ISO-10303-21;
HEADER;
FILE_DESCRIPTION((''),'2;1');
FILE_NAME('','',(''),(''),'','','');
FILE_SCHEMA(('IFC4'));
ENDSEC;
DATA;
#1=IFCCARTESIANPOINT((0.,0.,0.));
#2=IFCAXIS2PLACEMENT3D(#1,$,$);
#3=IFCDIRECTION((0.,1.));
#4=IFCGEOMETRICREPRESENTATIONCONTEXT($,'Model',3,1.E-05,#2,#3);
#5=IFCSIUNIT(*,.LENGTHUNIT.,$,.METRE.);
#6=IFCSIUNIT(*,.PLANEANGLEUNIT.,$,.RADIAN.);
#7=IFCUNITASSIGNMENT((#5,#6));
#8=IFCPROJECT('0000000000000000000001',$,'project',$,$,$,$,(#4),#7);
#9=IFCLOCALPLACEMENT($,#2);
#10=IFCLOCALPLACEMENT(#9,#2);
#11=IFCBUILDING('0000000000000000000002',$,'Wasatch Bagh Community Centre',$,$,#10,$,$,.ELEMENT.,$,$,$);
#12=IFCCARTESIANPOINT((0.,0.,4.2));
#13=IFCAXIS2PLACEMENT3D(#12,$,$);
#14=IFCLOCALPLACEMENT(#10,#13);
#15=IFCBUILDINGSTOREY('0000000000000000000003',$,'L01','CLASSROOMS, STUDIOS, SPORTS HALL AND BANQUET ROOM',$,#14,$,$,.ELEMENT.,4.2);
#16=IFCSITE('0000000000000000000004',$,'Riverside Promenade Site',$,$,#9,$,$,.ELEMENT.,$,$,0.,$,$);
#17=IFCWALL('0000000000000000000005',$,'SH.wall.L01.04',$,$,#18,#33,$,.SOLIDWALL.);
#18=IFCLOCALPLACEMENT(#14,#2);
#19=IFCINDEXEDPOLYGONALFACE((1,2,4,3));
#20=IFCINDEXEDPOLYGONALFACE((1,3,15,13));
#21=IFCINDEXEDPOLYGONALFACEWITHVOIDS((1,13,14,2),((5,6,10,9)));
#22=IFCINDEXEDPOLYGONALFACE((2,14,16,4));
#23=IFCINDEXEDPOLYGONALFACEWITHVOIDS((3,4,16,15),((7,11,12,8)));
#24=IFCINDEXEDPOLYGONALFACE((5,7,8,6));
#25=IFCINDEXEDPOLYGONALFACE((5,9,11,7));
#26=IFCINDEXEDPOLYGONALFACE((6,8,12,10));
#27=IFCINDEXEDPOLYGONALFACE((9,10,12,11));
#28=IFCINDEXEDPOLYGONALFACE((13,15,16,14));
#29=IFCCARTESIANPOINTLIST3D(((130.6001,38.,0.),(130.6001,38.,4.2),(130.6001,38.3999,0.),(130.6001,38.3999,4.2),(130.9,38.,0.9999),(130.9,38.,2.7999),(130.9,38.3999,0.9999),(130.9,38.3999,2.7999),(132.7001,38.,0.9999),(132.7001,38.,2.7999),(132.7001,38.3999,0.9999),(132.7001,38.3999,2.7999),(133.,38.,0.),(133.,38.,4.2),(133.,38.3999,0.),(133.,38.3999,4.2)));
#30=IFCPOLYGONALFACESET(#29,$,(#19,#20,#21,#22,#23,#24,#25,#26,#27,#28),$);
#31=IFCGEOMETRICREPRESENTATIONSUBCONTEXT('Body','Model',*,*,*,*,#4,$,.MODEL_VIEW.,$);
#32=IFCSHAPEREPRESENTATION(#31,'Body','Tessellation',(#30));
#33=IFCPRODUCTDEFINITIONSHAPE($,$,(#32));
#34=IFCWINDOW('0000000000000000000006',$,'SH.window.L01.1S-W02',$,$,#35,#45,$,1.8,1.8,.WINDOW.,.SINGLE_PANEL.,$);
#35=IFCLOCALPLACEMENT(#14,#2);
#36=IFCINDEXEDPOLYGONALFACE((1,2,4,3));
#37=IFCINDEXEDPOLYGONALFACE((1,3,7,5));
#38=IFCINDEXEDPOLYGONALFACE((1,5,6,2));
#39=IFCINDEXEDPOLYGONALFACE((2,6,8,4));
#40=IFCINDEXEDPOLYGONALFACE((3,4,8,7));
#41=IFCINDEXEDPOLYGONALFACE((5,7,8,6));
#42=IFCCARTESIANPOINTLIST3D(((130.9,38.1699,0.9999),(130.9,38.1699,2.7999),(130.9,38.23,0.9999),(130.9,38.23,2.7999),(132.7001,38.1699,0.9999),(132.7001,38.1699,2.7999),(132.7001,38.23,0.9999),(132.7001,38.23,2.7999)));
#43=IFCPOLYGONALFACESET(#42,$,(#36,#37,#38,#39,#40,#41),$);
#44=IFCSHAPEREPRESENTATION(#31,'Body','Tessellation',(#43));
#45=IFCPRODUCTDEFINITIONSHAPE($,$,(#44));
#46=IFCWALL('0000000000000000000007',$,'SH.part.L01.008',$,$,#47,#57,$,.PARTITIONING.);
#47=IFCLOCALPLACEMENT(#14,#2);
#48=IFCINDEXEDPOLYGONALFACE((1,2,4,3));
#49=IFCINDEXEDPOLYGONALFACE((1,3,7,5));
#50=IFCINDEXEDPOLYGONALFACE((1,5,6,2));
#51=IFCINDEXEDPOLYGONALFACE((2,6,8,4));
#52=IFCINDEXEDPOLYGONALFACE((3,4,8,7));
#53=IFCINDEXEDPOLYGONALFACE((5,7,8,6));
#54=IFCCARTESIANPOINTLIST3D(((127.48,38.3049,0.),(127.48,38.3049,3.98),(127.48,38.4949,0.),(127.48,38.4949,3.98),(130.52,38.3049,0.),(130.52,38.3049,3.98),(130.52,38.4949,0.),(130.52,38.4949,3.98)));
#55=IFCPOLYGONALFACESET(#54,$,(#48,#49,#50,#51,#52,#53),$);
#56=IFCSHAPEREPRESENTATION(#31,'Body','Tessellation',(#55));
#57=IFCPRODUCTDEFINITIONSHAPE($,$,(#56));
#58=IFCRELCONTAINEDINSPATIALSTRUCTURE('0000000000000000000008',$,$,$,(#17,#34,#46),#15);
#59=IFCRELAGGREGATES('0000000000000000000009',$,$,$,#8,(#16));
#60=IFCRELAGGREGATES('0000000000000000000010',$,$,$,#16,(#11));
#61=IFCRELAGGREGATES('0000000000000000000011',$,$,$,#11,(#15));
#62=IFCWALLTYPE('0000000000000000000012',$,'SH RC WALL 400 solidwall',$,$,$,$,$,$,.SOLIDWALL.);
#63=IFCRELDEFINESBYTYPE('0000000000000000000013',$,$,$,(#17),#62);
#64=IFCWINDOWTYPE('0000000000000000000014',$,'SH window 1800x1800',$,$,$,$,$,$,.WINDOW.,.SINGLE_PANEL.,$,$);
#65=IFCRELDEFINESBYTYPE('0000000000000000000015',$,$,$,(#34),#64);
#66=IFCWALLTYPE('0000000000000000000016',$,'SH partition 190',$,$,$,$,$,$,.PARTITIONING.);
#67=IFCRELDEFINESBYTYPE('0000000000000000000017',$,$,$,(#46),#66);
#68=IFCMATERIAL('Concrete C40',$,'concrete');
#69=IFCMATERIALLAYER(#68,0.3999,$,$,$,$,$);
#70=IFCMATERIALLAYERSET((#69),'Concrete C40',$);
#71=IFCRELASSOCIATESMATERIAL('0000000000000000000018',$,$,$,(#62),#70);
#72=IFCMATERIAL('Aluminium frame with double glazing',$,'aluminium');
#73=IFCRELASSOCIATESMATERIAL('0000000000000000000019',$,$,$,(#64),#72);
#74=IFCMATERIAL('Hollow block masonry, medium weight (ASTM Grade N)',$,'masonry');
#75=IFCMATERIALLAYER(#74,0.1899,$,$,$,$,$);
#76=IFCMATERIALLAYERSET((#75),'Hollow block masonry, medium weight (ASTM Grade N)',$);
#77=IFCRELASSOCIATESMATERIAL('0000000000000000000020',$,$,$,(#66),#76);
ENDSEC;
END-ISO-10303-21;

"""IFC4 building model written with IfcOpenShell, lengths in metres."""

from ifc_helpers import new_model, si_unit, direction, frame, frame_2d, origin, place, context, subcontext, project, spatial, rectangle, extrude, material, layer, layer_set, type_object, element, fill, save


model = new_model("IFC4")

# Units and contexts
model_context = context("Model", 3, precision=1e-05, world=origin(), true_north=direction((0.0, 1.0)))
body_context = subcontext(model_context, "Body", "Model", "MODEL_VIEW")
ifc_project = project(units=[si_unit("LENGTHUNIT", "METRE"), si_unit("PLANEANGLEUNIT", "RADIAN")], contexts=[model_context])

# Site, building, storey
site_placement = place(None, origin())
site = spatial("IfcSite", under=ifc_project, at=site_placement, Name="Riverside Promenade Site", CompositionType="ELEMENT", RefElevation=0.0)
building_placement = place(site_placement, origin())
building = spatial("IfcBuilding", under=site, at=building_placement, Name="Wasatch Bagh Community Centre", CompositionType="ELEMENT")
storey_placement = place(building_placement, frame((0.0, 0.0, 4.2)))
storey = spatial("IfcBuildingStorey", under=building, at=storey_placement, Name="L01", Description="CLASSROOMS, STUDIOS, SPORTS HALL AND BANQUET ROOM", CompositionType="ELEMENT", Elevation=4.2)

# Shared definitions
ifc_material_1 = material(Name="Concrete C40", Category="concrete")

# Wall, opening, window
ifc_layer_1 = layer(ifc_material_1, 0.3999)
ifc_layer_set_1 = layer_set([ifc_layer_1], Name="Concrete C40")
wall_type_1 = type_object("IfcWallType", Name="SH RC WALL 400 solidwall", PredefinedType="SOLIDWALL", material=ifc_layer_set_1)
wall_1_placement = place(storey_placement, frame((133.0, 38.2, 0.0), z_axis=(0.0, 0.0, 1.0), x_axis=(-1.0, 0.0, 0.0)))
wall_1 = element("IfcWall", 1, at=wall_1_placement, inside=storey, type_object=wall_type_1, Name="SH.wall.L01.04", PredefinedType="SOLIDWALL", context=body_context, shape_type="SweptSolid", body=[
    extrude(rectangle(XDim=2.3999, YDim=0.3999, at=frame_2d((1.2, 0.0))), origin(), (0.0, 0.0, 1.0), 4.2),
])
opening_placement = place(wall_1_placement, frame((0.3, 0.0, 1.0)))
opening = element("IfcOpeningElement", 2, at=opening_placement, cuts=wall_1, PredefinedType="OPENING", context=body_context, shape_type="SweptSolid", body=[
    extrude(rectangle(XDim=1.8, YDim=1.8, at=frame_2d((0.8999, 0.8999))), frame((0.0, 0.21, 0.0), z_axis=(0.0, -1.0, 0.0), x_axis=(1.0, 0.0, 0.0)), (0.0, 0.0, 1.0), 0.4199),
])
ifc_material_2 = material(Name="Aluminium frame with double glazing", Category="aluminium")
window_type = type_object("IfcWindowType", Name="SH window 1800x1800", PartitioningType="SINGLE_PANEL", PredefinedType="WINDOW", material=ifc_material_2)
window_placement = place(opening_placement, origin())
window = element("IfcWindow", 3, at=window_placement, inside=storey, type_object=window_type, Name="SH.window.L01.1S-W02", OverallHeight=1.8, OverallWidth=1.8, PartitioningType="SINGLE_PANEL", PredefinedType="WINDOW", context=body_context, shape_type="SweptSolid", body=[
    extrude(rectangle(XDim=1.8, YDim=1.8, at=frame_2d((0.8999, 0.8999))), frame((0.0, 0.03, 0.0), z_axis=(0.0, -1.0, 0.0), x_axis=(1.0, 0.0, 0.0)), (0.0, 0.0, 1.0), 0.0601),
])
fill(opening, window)

# Wall
ifc_material_3 = material(Name="Hollow block masonry, medium weight (ASTM Grade N)", Category="masonry")
ifc_layer_2 = layer(ifc_material_3, 0.1899)
ifc_layer_set_2 = layer_set([ifc_layer_2], Name="Hollow block masonry, medium weight (ASTM Grade N)")
wall_type_2 = type_object("IfcWallType", Name="SH partition 190", PredefinedType="PARTITIONING", material=ifc_layer_set_2)
wall_2_placement = place(storey_placement, frame((130.52, 38.3999, 0.0), z_axis=(0.0, 0.0, 1.0), x_axis=(-1.0, 0.0, 0.0)))
element("IfcWall", 4, at=wall_2_placement, inside=storey, type_object=wall_type_2, Name="SH.part.L01.008", PredefinedType="PARTITIONING", context=body_context, shape_type="SweptSolid", body=[
    extrude(rectangle(XDim=3.04, YDim=0.1899, at=frame_2d((1.52, 0.0))), origin(), (0.0, 0.0, 1.0), 3.98),
])

save(model, "model.ifc")
